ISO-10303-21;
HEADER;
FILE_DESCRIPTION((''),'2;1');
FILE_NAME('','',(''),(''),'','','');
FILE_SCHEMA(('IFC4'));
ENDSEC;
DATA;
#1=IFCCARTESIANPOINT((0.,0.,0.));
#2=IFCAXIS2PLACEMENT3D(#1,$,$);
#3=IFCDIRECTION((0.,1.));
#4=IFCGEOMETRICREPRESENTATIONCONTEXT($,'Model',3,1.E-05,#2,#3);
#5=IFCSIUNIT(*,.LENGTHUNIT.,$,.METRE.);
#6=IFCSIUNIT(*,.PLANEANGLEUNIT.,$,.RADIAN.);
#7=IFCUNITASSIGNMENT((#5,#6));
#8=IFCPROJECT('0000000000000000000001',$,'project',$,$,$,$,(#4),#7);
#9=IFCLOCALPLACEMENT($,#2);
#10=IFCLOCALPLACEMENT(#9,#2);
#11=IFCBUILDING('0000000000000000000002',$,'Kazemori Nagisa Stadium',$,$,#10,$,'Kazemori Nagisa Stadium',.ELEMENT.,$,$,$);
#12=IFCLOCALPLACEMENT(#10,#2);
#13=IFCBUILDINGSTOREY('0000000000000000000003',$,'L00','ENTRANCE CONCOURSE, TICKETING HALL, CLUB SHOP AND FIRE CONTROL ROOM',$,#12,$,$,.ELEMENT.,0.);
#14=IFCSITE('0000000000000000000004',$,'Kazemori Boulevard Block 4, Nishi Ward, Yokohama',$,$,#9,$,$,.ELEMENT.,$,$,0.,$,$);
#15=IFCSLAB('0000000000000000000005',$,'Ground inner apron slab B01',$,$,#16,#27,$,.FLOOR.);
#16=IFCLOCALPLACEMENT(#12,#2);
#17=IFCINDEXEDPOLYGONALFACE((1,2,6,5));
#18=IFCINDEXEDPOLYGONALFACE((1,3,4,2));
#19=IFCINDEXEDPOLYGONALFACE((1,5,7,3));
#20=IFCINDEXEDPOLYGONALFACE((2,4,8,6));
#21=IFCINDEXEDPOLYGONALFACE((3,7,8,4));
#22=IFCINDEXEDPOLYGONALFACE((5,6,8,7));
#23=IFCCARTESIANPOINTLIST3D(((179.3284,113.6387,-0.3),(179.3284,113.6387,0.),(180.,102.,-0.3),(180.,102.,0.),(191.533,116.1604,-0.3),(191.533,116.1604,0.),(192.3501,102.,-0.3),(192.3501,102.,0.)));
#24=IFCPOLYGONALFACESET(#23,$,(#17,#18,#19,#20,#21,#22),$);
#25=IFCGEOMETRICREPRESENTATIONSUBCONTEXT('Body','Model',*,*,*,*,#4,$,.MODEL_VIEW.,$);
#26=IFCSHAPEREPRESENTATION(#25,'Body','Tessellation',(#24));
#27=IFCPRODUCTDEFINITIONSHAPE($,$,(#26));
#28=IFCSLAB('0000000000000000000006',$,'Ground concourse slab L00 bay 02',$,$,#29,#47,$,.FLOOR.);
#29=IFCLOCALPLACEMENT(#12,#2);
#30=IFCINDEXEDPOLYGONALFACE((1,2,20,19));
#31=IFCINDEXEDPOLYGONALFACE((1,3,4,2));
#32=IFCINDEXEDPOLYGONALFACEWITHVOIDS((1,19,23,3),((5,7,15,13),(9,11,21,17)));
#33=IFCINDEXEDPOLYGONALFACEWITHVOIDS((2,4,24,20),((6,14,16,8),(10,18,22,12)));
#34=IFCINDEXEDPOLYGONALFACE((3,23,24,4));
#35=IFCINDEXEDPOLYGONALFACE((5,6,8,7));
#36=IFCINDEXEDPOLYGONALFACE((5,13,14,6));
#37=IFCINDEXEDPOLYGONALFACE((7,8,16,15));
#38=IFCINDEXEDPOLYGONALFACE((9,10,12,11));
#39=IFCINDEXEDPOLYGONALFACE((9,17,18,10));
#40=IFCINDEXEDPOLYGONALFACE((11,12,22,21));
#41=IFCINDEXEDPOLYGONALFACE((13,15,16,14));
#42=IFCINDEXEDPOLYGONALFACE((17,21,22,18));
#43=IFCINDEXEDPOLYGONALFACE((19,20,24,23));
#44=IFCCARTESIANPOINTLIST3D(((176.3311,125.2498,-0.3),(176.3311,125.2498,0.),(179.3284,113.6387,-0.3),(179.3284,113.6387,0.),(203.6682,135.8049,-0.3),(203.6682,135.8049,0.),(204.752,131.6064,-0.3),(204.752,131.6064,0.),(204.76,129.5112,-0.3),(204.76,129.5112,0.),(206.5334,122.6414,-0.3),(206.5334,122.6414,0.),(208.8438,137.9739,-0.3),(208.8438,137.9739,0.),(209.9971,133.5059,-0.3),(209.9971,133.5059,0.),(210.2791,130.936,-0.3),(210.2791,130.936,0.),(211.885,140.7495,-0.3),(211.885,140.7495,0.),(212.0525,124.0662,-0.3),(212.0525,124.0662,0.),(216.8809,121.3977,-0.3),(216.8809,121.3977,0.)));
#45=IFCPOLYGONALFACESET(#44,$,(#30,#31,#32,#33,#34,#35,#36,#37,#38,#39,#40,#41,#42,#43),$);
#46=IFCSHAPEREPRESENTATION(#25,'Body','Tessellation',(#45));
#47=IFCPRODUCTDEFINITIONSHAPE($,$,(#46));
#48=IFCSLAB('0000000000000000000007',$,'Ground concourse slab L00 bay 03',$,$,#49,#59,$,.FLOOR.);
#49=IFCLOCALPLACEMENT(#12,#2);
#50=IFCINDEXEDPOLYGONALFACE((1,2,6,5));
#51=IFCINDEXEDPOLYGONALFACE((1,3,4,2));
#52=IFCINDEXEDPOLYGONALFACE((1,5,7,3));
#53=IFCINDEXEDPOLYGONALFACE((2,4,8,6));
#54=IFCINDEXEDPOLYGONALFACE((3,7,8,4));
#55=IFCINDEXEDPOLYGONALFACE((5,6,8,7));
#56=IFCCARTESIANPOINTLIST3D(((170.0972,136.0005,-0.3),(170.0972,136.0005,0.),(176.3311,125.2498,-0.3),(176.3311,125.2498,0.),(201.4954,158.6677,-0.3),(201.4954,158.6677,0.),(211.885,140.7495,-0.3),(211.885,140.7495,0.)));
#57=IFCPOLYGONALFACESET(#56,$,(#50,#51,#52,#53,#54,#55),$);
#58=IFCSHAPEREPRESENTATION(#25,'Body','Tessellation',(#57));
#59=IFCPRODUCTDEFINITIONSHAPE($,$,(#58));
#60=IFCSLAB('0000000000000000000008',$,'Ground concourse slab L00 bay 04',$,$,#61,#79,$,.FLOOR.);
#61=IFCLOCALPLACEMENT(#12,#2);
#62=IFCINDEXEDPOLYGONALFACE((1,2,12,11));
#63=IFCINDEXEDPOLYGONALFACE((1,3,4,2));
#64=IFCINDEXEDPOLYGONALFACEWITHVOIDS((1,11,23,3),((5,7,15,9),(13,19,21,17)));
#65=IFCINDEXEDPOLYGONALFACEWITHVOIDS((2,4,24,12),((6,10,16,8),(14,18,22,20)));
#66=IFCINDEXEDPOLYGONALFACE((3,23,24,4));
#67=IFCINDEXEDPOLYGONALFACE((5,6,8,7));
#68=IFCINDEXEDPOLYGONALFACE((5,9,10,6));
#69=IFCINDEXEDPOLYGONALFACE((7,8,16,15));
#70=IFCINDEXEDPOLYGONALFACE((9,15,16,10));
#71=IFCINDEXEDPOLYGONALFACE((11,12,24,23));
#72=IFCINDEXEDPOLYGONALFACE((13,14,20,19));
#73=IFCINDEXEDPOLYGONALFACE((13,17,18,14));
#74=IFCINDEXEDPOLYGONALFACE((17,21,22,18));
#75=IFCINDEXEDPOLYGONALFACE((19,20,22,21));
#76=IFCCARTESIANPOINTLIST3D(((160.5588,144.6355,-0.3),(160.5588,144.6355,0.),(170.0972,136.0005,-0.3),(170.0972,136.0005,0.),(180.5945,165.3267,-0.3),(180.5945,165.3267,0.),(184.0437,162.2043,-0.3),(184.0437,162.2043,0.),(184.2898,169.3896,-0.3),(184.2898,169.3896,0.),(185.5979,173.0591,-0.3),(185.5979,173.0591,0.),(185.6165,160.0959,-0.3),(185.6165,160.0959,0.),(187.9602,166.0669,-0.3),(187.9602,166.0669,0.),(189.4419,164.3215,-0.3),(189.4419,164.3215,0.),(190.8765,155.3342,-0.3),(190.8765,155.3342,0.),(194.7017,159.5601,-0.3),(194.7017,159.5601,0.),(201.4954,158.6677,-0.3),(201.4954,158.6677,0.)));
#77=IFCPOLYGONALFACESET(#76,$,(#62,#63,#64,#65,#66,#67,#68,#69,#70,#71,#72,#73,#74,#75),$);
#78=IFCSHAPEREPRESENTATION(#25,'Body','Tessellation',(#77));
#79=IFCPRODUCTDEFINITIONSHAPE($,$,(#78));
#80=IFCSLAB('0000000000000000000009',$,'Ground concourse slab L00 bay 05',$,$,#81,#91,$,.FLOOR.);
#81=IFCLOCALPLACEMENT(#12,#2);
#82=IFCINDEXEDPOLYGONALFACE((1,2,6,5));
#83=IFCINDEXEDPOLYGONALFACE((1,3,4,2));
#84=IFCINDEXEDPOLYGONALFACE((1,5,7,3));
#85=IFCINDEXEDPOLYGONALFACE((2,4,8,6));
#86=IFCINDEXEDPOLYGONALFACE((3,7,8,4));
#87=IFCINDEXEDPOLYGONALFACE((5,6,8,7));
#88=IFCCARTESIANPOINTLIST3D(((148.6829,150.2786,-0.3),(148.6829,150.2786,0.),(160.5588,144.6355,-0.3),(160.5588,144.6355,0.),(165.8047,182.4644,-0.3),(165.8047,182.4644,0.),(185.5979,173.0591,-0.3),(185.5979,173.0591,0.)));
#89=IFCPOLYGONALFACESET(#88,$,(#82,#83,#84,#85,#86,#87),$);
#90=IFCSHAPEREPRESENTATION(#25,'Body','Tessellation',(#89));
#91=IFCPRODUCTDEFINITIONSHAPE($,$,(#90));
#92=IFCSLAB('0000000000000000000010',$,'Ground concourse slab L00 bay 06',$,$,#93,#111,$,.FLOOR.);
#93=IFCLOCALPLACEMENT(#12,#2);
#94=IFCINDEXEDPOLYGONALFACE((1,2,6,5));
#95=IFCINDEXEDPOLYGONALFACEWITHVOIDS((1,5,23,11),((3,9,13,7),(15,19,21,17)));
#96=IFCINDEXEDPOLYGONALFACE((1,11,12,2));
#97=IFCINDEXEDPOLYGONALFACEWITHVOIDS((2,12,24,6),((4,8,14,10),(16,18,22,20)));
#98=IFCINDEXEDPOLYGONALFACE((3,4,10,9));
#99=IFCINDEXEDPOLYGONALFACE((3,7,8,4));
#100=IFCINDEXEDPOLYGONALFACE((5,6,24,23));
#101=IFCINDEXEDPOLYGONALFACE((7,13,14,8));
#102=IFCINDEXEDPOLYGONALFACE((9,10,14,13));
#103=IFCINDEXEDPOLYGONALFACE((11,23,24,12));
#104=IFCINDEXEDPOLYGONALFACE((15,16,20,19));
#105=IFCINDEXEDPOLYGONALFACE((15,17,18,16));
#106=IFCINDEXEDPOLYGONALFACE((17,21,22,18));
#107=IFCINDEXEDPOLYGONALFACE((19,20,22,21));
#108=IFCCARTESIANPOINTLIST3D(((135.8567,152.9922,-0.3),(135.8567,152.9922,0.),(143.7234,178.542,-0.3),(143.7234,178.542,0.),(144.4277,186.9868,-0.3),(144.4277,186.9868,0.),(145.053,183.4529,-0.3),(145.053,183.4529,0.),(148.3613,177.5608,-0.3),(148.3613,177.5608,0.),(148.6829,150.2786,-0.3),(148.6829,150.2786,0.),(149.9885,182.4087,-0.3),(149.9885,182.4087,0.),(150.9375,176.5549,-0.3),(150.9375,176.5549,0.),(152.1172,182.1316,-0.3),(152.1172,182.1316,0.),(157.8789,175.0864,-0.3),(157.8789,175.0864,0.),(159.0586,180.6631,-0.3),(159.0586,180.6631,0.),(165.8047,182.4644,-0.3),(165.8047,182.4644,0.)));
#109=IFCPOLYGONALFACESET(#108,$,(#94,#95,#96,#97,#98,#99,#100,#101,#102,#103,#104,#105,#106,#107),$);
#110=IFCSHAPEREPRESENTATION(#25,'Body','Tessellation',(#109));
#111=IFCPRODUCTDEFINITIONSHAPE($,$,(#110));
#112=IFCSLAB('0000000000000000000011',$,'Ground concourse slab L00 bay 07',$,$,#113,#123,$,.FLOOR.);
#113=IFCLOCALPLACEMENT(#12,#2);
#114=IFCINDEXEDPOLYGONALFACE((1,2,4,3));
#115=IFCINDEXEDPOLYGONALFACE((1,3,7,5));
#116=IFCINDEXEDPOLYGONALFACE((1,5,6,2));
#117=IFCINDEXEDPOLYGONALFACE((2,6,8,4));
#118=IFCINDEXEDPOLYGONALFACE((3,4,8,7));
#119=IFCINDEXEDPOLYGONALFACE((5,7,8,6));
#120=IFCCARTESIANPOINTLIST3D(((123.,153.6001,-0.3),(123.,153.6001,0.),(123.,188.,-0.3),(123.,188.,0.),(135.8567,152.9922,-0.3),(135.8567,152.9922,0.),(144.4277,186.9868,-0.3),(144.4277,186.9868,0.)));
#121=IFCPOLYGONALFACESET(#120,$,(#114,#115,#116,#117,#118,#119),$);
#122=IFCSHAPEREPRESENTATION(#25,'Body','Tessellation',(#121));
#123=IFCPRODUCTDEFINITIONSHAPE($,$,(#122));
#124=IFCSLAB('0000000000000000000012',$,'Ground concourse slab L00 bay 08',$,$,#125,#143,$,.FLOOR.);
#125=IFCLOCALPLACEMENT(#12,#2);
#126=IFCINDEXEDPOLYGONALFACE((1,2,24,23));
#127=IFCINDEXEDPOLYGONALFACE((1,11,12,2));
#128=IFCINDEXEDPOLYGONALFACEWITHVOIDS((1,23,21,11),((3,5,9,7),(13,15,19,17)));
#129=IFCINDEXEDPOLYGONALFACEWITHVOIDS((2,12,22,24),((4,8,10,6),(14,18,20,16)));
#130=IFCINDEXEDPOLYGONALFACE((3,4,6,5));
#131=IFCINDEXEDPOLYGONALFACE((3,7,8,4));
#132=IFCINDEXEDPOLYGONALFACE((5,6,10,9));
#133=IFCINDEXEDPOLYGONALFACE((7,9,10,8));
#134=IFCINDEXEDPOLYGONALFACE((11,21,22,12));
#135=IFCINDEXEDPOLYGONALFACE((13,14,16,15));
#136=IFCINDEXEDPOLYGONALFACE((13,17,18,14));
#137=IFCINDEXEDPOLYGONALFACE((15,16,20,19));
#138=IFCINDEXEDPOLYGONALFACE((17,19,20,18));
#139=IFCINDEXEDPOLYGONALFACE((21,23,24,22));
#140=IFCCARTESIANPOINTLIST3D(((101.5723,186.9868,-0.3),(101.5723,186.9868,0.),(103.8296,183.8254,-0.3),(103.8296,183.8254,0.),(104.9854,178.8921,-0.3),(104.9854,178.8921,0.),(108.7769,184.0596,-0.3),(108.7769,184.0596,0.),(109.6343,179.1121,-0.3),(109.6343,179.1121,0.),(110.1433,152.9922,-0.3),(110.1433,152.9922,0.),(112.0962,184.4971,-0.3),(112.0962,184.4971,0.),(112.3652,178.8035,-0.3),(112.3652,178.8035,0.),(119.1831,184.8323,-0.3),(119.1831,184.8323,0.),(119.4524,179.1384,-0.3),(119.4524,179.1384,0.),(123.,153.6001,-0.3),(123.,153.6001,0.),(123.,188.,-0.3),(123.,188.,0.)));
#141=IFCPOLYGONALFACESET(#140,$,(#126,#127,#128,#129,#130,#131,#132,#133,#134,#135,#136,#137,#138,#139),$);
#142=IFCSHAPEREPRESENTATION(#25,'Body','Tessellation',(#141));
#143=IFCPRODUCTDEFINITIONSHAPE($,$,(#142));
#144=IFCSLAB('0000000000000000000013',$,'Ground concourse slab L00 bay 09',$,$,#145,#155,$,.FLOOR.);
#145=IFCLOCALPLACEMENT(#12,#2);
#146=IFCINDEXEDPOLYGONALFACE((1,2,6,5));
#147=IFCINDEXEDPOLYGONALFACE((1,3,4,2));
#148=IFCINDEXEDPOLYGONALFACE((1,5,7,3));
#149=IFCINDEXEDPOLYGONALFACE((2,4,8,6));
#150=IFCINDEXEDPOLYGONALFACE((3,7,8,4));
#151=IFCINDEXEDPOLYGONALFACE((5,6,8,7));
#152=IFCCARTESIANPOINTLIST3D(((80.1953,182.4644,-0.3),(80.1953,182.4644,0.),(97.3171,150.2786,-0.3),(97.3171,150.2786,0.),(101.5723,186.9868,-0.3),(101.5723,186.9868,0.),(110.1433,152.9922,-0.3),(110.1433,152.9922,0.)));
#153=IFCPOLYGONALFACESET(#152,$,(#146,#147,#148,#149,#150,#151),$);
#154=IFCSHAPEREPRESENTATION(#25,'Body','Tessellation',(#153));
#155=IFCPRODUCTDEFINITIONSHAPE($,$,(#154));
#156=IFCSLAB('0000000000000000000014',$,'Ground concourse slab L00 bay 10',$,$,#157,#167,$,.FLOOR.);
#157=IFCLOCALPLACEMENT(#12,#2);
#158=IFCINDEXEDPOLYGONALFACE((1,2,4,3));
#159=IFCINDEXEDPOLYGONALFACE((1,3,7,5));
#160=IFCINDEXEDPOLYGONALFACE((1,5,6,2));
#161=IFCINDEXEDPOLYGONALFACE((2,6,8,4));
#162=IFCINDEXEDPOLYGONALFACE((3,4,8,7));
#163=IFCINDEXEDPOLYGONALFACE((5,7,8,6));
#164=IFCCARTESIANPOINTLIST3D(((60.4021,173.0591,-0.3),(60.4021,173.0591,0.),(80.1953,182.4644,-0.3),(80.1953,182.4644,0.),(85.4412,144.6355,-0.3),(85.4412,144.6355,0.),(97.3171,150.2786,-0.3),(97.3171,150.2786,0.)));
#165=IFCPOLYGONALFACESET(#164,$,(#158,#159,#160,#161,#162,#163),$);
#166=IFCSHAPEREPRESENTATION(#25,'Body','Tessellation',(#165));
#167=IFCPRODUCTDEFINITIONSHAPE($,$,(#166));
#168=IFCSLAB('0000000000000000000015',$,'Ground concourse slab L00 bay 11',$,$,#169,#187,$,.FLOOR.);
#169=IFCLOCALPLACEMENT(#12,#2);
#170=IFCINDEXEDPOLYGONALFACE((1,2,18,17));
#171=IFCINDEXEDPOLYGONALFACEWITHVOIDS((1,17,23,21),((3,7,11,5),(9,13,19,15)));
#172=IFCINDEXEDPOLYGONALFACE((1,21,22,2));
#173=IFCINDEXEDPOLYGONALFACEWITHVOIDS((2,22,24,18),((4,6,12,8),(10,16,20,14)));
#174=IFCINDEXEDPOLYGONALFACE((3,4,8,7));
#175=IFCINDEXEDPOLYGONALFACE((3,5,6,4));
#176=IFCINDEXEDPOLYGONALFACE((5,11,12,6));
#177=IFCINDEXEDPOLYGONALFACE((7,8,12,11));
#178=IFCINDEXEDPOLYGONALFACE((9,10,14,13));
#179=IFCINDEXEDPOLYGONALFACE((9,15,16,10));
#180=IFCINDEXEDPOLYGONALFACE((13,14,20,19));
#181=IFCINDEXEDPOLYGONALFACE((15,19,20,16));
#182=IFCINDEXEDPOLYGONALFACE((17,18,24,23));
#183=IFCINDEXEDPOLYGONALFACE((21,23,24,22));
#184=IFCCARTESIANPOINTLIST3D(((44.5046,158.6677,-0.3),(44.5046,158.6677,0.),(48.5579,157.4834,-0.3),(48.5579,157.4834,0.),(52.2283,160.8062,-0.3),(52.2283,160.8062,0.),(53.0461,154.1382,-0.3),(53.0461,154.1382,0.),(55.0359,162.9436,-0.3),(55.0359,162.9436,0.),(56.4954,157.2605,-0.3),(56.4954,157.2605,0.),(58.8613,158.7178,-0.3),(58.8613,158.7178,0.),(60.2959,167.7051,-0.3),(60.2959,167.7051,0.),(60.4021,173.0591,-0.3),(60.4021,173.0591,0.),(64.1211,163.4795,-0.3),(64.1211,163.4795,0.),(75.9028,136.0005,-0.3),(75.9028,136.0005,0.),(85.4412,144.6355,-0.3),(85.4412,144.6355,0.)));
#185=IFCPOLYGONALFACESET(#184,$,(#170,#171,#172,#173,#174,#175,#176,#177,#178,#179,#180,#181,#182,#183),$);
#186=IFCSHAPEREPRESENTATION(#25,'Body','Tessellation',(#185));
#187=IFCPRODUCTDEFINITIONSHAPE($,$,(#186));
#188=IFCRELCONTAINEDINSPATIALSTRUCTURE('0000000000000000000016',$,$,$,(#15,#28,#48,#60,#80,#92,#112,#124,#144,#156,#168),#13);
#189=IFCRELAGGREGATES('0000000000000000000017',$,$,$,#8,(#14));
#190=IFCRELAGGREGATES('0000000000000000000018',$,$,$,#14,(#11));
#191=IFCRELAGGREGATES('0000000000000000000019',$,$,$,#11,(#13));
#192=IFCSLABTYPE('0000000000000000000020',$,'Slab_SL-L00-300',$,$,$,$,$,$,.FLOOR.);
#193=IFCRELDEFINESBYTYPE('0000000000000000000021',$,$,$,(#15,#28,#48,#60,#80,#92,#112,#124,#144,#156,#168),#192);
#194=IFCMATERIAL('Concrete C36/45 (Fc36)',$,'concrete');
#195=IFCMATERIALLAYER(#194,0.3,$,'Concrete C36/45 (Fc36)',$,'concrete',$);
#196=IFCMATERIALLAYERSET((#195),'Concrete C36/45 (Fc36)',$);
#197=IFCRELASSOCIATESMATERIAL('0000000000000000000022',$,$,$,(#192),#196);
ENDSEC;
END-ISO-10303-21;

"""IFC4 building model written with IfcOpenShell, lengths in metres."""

from ifc_helpers import new_model, si_unit, direction, frame, origin, place, context, subcontext, project, spatial, polyline, outline, extrude, material, layer, layer_set, type_object, element, save


model = new_model("IFC4")

# Units and contexts
model_context = context("Model", 3, precision=1e-05, world=origin(), true_north=direction((0.0, 1.0)))
body_context = subcontext(model_context, "Body", "Model", "MODEL_VIEW")
ifc_project = project(units=[si_unit("LENGTHUNIT", "METRE"), si_unit("PLANEANGLEUNIT", "RADIAN")], contexts=[model_context])

# Site, building, storey
site_placement = place(None, origin())
site = spatial("IfcSite", under=ifc_project, at=site_placement, Name="Kazemori Boulevard Block 4, Nishi Ward, Yokohama", CompositionType="ELEMENT", RefElevation=0.0)
building_placement = place(site_placement, origin())
building = spatial("IfcBuilding", under=site, at=building_placement, Name="Kazemori Nagisa Stadium", LongName="Kazemori Nagisa Stadium", CompositionType="ELEMENT")
storey_placement = place(building_placement, origin())
storey = spatial("IfcBuildingStorey", under=building, at=storey_placement, Name="L00", Description="ENTRANCE CONCOURSE, TICKETING HALL, CLUB SHOP AND FIRE CONTROL ROOM", CompositionType="ELEMENT", Elevation=0.0)

# Slabs
ifc_material = material(Name="Concrete C36/45 (Fc36)", Category="concrete")
ifc_layer_1 = layer(ifc_material, 0.3, Name="Concrete C36/45 (Fc36)", Category="concrete")
ifc_layer_set_1 = layer_set([ifc_layer_1], Name="Concrete C36/45 (Fc36)")
slab_type_1 = type_object("IfcSlabType", Name="Slab_SL-L00-300", PredefinedType="FLOOR", material=ifc_layer_set_1)
slab_1_placement = place(storey_placement, frame((0.0, 0.0, -0.3)))
element("IfcSlab", 1, at=slab_1_placement, inside=storey, type_object=slab_type_1, Name="Ground inner apron slab B01", PredefinedType="FLOOR", context=body_context, shape_type="SweptSolid", body=[
    extrude(outline(polyline([(180.0, 102.0), (179.3284, 113.6387), (191.533, 116.1604), (192.3501, 102.0), (180.0, 102.0)])), origin(), (0.0, 0.0, 1.0), 0.3),
])
slab_2_placement = place(storey_placement, frame((0.0, 0.0, -0.3)))
element("IfcSlab", 2, at=slab_2_placement, inside=storey, type_object=slab_type_1, Name="Ground concourse slab L00 bay 02", PredefinedType="FLOOR", context=body_context, shape_type="SweptSolid", body=[
    extrude(outline(polyline([(179.3284, 113.6387), (176.3311, 125.2498), (211.885, 140.7495), (216.8809, 121.3977), (179.3284, 113.6387)]), holes=[polyline([(206.5334, 122.6414), (204.76, 129.5112), (210.2791, 130.936), (212.0525, 124.0662), (206.5334, 122.6414)]), polyline([(204.752, 131.6064), (203.6682, 135.8049), (208.8438, 137.9739), (209.9971, 133.5059), (204.752, 131.6064)])]), origin(), (0.0, 0.0, 1.0), 0.3),
])
slab_3_placement = place(storey_placement, frame((0.0, 0.0, -0.3)))
element("IfcSlab", 3, at=slab_3_placement, inside=storey, type_object=slab_type_1, Name="Ground concourse slab L00 bay 03", PredefinedType="FLOOR", context=body_context, shape_type="SweptSolid", body=[
    extrude(outline(polyline([(176.3311, 125.2498), (170.0972, 136.0005), (201.4954, 158.6677), (211.885, 140.7495), (176.3311, 125.2498)])), origin(), (0.0, 0.0, 1.0), 0.3),
])
slab_4_placement = place(storey_placement, frame((0.0, 0.0, -0.3)))
element("IfcSlab", 4, at=slab_4_placement, inside=storey, type_object=slab_type_1, Name="Ground concourse slab L00 bay 04", PredefinedType="FLOOR", context=body_context, shape_type="SweptSolid", body=[
    extrude(outline(polyline([(170.0972, 136.0005), (160.5588, 144.6355), (185.5979, 173.0591), (201.4954, 158.6677), (170.0972, 136.0005)]), holes=[polyline([(190.8765, 155.3342), (185.6165, 160.0959), (189.4419, 164.3215), (194.7017, 159.5601), (190.8765, 155.3342)]), polyline([(184.0437, 162.2043), (180.5945, 165.3267), (184.2898, 169.3896), (187.9602, 166.0669), (184.0437, 162.2043)])]), origin(), (0.0, 0.0, 1.0), 0.3),
])
slab_5_placement = place(storey_placement, frame((0.0, 0.0, -0.3)))
element("IfcSlab", 5, at=slab_5_placement, inside=storey, type_object=slab_type_1, Name="Ground concourse slab L00 bay 05", PredefinedType="FLOOR", context=body_context, shape_type="SweptSolid", body=[
    extrude(outline(polyline([(160.5588, 144.6355), (148.6829, 150.2786), (165.8047, 182.4644), (185.5979, 173.0591), (160.5588, 144.6355)])), origin(), (0.0, 0.0, 1.0), 0.3),
])
slab_6_placement = place(storey_placement, frame((0.0, 0.0, -0.3)))
element("IfcSlab", 6, at=slab_6_placement, inside=storey, type_object=slab_type_1, Name="Ground concourse slab L00 bay 06", PredefinedType="FLOOR", context=body_context, shape_type="SweptSolid", body=[
    extrude(outline(polyline([(148.6829, 150.2786), (135.8567, 152.9922), (144.4277, 186.9868), (165.8047, 182.4644), (148.6829, 150.2786)]), holes=[polyline([(157.8789, 175.0864), (150.9375, 176.5549), (152.1172, 182.1316), (159.0586, 180.6631), (157.8789, 175.0864)]), polyline([(148.3613, 177.5608), (143.7234, 178.542), (145.053, 183.4529), (149.9885, 182.4087), (148.3613, 177.5608)])]), origin(), (0.0, 0.0, 1.0), 0.3),
])
slab_7_placement = place(storey_placement, frame((0.0, 0.0, -0.3)))
element("IfcSlab", 7, at=slab_7_placement, inside=storey, type_object=slab_type_1, Name="Ground concourse slab L00 bay 07", PredefinedType="FLOOR", context=body_context, shape_type="SweptSolid", body=[
    extrude(outline(polyline([(135.8567, 152.9922), (123.0, 153.6001), (123.0, 188.0), (144.4277, 186.9868), (135.8567, 152.9922)])), origin(), (0.0, 0.0, 1.0), 0.3),
])
slab_8_placement = place(storey_placement, frame((0.0, 0.0, -0.3)))
element("IfcSlab", 8, at=slab_8_placement, inside=storey, type_object=slab_type_1, Name="Ground concourse slab L00 bay 08", PredefinedType="FLOOR", context=body_context, shape_type="SweptSolid", body=[
    extrude(outline(polyline([(123.0, 153.6001), (110.1433, 152.9922), (101.5723, 186.9868), (123.0, 188.0), (123.0, 153.6001)]), holes=[polyline([(119.4524, 179.1384), (112.3652, 178.8035), (112.0962, 184.4971), (119.1831, 184.8323), (119.4524, 179.1384)]), polyline([(109.6343, 179.1121), (104.9854, 178.8921), (103.8296, 183.8254), (108.7769, 184.0596), (109.6343, 179.1121)])]), origin(), (0.0, 0.0, 1.0), 0.3),
])
slab_9_placement = place(storey_placement, frame((0.0, 0.0, -0.3)))
element("IfcSlab", 9, at=slab_9_placement, inside=storey, type_object=slab_type_1, Name="Ground concourse slab L00 bay 09", PredefinedType="FLOOR", context=body_context, shape_type="SweptSolid", body=[
    extrude(outline(polyline([(110.1433, 152.9922), (97.3171, 150.2786), (80.1953, 182.4644), (101.5723, 186.9868), (110.1433, 152.9922)])), origin(), (0.0, 0.0, 1.0), 0.3),
])
slab_10_placement = place(storey_placement, frame((0.0, 0.0, -0.3)))
element("IfcSlab", 10, at=slab_10_placement, inside=storey, type_object=slab_type_1, Name="Ground concourse slab L00 bay 10", PredefinedType="FLOOR", context=body_context, shape_type="SweptSolid", body=[
    extrude(outline(polyline([(97.3171, 150.2786), (85.4412, 144.6355), (60.4021, 173.0591), (80.1953, 182.4644), (97.3171, 150.2786)])), origin(), (0.0, 0.0, 1.0), 0.3),
])
slab_11_placement = place(storey_placement, frame((0.0, 0.0, -0.3)))
element("IfcSlab", 11, at=slab_11_placement, inside=storey, type_object=slab_type_1, Name="Ground concourse slab L00 bay 11", PredefinedType="FLOOR", context=body_context, shape_type="SweptSolid", body=[
    extrude(outline(polyline([(85.4412, 144.6355), (75.9028, 136.0005), (44.5046, 158.6677), (60.4021, 173.0591), (85.4412, 144.6355)]), holes=[polyline([(64.1211, 163.4795), (58.8613, 158.7178), (55.0359, 162.9436), (60.2959, 167.7051), (64.1211, 163.4795)]), polyline([(56.4954, 157.2605), (53.0461, 154.1382), (48.5579, 157.4834), (52.2283, 160.8062), (56.4954, 157.2605)])]), origin(), (0.0, 0.0, 1.0), 0.3),
])

save(model, "model.ifc")
